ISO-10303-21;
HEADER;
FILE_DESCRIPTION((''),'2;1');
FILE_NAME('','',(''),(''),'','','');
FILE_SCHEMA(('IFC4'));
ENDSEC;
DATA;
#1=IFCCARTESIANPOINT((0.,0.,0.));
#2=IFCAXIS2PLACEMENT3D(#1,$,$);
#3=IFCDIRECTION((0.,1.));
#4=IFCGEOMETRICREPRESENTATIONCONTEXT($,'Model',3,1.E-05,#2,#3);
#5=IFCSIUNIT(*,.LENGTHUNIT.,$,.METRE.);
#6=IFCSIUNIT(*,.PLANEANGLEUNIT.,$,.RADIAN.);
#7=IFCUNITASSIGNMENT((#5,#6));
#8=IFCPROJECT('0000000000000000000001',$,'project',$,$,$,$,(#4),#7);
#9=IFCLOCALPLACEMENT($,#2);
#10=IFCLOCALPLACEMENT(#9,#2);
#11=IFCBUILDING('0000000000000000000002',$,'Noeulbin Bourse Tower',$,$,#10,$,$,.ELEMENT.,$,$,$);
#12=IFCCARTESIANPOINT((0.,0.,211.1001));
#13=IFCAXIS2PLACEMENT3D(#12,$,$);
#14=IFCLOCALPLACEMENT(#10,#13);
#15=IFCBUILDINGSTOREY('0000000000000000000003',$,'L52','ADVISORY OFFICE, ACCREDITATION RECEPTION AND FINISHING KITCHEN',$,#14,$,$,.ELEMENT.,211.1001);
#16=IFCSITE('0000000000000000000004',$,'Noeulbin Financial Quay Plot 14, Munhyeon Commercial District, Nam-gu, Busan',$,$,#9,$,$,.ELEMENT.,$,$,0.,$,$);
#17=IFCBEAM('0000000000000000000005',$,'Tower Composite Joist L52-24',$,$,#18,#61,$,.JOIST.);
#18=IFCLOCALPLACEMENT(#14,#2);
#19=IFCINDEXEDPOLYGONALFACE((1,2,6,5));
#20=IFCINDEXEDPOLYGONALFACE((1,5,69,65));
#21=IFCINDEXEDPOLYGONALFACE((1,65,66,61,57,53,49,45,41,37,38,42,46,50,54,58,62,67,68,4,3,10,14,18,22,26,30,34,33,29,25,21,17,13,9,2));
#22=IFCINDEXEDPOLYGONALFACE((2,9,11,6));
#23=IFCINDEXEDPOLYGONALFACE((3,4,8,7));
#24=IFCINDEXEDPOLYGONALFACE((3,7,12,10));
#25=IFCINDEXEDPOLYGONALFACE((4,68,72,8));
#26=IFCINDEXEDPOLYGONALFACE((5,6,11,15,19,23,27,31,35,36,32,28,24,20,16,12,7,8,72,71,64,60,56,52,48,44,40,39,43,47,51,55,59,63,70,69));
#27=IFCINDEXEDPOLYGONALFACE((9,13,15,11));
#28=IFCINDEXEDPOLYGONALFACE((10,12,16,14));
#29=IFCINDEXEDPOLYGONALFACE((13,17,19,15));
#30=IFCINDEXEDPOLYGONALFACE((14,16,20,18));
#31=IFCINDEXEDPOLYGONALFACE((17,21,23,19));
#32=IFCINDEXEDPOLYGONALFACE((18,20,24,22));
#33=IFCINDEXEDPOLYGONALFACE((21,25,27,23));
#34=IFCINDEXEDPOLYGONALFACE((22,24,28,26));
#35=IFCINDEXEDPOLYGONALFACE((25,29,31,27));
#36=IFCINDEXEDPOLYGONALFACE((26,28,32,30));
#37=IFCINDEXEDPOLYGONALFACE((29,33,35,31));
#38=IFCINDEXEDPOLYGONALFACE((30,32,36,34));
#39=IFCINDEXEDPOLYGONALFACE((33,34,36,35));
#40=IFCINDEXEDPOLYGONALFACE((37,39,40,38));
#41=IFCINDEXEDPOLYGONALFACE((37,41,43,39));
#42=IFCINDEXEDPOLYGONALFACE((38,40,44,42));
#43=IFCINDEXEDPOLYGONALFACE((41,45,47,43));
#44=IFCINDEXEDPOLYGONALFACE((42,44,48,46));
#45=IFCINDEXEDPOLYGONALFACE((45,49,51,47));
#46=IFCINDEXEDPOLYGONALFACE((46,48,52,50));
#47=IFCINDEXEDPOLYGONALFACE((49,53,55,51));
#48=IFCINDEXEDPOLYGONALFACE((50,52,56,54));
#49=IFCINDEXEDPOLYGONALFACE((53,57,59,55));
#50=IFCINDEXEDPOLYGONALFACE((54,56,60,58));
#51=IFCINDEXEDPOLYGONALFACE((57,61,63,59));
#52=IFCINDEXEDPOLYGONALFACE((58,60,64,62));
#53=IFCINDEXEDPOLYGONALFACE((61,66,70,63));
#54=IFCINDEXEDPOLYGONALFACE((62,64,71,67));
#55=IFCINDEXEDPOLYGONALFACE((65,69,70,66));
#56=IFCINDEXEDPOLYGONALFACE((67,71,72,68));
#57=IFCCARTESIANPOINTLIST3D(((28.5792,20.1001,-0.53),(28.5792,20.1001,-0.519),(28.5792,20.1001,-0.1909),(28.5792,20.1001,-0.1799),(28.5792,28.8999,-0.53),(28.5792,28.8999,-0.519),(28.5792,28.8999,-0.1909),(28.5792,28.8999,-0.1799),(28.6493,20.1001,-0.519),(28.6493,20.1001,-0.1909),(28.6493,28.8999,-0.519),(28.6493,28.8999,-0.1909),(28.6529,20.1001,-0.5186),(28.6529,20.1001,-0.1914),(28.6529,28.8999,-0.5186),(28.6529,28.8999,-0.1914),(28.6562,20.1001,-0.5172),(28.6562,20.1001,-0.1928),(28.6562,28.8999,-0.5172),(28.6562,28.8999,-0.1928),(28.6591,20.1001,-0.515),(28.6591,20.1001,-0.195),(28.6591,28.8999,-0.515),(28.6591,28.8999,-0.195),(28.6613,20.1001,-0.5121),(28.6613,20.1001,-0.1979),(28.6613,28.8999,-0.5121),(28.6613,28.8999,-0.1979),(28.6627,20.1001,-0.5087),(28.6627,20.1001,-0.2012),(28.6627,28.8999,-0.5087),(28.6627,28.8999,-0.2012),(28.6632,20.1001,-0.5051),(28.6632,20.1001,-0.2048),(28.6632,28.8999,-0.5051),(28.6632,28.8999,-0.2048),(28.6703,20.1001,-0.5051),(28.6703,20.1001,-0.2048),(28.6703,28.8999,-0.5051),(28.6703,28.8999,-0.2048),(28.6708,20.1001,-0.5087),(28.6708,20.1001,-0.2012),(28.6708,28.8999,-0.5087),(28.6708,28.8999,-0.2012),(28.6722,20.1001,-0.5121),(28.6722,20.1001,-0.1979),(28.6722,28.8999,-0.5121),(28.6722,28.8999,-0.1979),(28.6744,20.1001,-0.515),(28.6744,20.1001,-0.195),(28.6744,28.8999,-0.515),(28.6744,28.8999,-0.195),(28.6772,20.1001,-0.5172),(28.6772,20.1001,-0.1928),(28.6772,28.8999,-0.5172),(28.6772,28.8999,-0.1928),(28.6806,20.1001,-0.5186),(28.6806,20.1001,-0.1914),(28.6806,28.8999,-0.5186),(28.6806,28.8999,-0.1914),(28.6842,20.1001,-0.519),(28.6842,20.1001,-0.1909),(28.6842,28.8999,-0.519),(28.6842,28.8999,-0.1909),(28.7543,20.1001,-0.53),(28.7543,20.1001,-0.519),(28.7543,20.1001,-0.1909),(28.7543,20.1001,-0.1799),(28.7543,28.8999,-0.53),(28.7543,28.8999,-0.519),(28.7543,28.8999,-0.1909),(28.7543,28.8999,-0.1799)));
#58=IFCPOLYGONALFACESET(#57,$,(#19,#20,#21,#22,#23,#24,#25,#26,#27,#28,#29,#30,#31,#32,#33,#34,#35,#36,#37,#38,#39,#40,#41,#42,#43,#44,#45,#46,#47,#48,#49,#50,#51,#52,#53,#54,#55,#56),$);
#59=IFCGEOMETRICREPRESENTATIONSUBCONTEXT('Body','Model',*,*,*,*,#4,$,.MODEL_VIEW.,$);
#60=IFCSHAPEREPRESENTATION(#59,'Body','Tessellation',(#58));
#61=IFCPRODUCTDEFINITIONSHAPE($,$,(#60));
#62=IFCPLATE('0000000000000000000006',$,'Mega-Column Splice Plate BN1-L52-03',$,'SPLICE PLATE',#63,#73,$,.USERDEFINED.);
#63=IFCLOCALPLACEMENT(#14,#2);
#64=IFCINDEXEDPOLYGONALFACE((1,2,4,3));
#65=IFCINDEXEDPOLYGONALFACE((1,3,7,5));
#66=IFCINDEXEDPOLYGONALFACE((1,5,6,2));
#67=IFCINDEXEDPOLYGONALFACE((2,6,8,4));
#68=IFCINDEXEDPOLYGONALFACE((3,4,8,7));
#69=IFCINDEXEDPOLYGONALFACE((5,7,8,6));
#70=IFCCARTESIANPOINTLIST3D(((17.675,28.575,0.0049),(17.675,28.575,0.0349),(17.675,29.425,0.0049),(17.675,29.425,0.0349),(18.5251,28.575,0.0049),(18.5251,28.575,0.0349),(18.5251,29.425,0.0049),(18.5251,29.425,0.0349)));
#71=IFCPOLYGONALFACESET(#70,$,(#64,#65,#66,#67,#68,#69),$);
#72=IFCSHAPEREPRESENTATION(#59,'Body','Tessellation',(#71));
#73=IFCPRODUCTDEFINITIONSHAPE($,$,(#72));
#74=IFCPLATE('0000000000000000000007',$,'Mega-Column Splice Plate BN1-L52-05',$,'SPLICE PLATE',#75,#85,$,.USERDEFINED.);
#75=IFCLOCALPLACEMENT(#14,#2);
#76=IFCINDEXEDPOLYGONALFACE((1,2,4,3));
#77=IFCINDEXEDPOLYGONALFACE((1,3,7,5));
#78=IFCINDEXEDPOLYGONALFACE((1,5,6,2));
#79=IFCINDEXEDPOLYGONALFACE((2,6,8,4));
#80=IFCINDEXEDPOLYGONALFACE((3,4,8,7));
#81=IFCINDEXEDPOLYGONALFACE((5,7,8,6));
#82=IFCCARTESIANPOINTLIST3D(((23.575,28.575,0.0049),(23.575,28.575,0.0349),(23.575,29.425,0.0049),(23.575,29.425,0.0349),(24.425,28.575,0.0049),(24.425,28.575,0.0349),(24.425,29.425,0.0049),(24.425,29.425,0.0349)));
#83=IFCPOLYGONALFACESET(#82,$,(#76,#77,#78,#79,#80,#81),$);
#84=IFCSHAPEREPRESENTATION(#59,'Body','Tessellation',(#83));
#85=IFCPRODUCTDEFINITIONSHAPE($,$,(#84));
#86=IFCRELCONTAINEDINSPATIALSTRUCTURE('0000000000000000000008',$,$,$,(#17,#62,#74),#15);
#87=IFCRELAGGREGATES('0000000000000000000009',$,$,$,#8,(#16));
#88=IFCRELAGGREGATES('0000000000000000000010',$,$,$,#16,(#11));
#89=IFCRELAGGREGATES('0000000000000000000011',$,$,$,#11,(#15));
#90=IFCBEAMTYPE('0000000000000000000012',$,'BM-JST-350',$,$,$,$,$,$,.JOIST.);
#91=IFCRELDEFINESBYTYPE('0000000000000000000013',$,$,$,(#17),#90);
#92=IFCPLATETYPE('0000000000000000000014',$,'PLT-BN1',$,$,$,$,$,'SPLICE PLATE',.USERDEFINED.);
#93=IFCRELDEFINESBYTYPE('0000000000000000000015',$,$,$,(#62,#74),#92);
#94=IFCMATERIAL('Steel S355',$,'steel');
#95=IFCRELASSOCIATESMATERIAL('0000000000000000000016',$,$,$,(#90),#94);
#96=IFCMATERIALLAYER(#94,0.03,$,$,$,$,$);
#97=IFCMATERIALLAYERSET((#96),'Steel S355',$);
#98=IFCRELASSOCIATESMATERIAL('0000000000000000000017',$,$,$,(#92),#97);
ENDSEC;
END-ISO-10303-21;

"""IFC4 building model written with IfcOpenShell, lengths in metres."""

from ifc_helpers import new_model, si_unit, direction, frame, origin, origin_2d, place, context, subcontext, project, spatial, rectangle, i_section, extrude, material, layer, layer_set, material_profile, profile_set, type_object, element, save


model = new_model("IFC4")

# Units and contexts
model_context = context("Model", 3, precision=1e-05, world=origin(), true_north=direction((0.0, 1.0)))
body_context = subcontext(model_context, "Body", "Model", "MODEL_VIEW")
ifc_project = project(units=[si_unit("LENGTHUNIT", "METRE"), si_unit("PLANEANGLEUNIT", "RADIAN")], contexts=[model_context])

# Site, building, storey
site_placement = place(None, origin())
site = spatial("IfcSite", under=ifc_project, at=site_placement, Name="Noeulbin Financial Quay Plot 14, Munhyeon Commercial District, Nam-gu, Busan", CompositionType="ELEMENT", RefElevation=0.0)
building_placement = place(site_placement, origin())
building = spatial("IfcBuilding", under=site, at=building_placement, Name="Noeulbin Bourse Tower", CompositionType="ELEMENT")
storey_placement = place(building_placement, frame((0.0, 0.0, 211.1001)))
storey = spatial("IfcBuildingStorey", under=building, at=storey_placement, Name="L52", Description="ADVISORY OFFICE, ACCREDITATION RECEPTION AND FINISHING KITCHEN", CompositionType="ELEMENT", Elevation=211.1001)

# Shared definitions
ifc_material_1 = material(Name="Steel S355", Category="steel")

# Beam
ifc_material_profile_1 = material_profile(ifc_material_1, i_section(OverallWidth=0.175, OverallDepth=0.3501, WebThickness=0.0071, FlangeThickness=0.011, FilletRadius=0.0139, at=origin_2d()), Name="H-350x175x7x11", Category="LoadBearing")
ifc_profile_set_1 = profile_set([ifc_material_profile_1], Name="Steel S355")
beam_type_1 = type_object("IfcBeamType", Name="BM-JST-350", PredefinedType="JOIST", material=ifc_profile_set_1)
for number, where, z_axis, x_axis, name in (
    (1, (28.6667, 20.1001, -0.355), (0.0, 1.0, 0.0), (-1.0, 0.0, 0.0), "Tower Composite Joist L52-24"),
):
    element("IfcBeam", number, at=place(storey_placement, frame(where, z_axis=z_axis, x_axis=x_axis)), inside=storey, type_object=beam_type_1, Name=name, PredefinedType="JOIST", context=body_context, shape_type="SweptSolid", body=[
        extrude(i_section(OverallWidth=0.175, OverallDepth=0.3501, WebThickness=0.0071, FlangeThickness=0.011, FilletRadius=0.0139, at=origin_2d()), origin(), (0.0, 0.0, 1.0), 8.7998),
    ])

# Plates
ifc_layer_1 = layer(ifc_material_1, 0.03)
ifc_layer_set_1 = layer_set([ifc_layer_1], Name="Steel S355")
plate_type = type_object("IfcPlateType", Name="PLT-BN1", ElementType="SPLICE PLATE", PredefinedType="USERDEFINED", material=ifc_layer_set_1)
for number, where, z_axis, x_axis, name in (
    (2, (18.1001, 29.0, 0.0049), (0.0, 0.0, 1.0), (1.0, 0.0, 0.0), "Mega-Column Splice Plate BN1-L52-03"),
    (3, (24.0, 29.0, 0.0049), (0.0, 0.0, 1.0), (1.0, 0.0, 0.0), "Mega-Column Splice Plate BN1-L52-05"),
):
    element("IfcPlate", number, at=place(storey_placement, frame(where, z_axis=z_axis, x_axis=x_axis)), inside=storey, type_object=plate_type, Name=name, ObjectType="SPLICE PLATE", PredefinedType="USERDEFINED", context=body_context, shape_type="SweptSolid", body=[
        extrude(rectangle(XDim=0.8501, YDim=0.8501, at=origin_2d()), origin(), (0.0, 0.0, 1.0), 0.03),
    ])

save(model, "model.ifc")
